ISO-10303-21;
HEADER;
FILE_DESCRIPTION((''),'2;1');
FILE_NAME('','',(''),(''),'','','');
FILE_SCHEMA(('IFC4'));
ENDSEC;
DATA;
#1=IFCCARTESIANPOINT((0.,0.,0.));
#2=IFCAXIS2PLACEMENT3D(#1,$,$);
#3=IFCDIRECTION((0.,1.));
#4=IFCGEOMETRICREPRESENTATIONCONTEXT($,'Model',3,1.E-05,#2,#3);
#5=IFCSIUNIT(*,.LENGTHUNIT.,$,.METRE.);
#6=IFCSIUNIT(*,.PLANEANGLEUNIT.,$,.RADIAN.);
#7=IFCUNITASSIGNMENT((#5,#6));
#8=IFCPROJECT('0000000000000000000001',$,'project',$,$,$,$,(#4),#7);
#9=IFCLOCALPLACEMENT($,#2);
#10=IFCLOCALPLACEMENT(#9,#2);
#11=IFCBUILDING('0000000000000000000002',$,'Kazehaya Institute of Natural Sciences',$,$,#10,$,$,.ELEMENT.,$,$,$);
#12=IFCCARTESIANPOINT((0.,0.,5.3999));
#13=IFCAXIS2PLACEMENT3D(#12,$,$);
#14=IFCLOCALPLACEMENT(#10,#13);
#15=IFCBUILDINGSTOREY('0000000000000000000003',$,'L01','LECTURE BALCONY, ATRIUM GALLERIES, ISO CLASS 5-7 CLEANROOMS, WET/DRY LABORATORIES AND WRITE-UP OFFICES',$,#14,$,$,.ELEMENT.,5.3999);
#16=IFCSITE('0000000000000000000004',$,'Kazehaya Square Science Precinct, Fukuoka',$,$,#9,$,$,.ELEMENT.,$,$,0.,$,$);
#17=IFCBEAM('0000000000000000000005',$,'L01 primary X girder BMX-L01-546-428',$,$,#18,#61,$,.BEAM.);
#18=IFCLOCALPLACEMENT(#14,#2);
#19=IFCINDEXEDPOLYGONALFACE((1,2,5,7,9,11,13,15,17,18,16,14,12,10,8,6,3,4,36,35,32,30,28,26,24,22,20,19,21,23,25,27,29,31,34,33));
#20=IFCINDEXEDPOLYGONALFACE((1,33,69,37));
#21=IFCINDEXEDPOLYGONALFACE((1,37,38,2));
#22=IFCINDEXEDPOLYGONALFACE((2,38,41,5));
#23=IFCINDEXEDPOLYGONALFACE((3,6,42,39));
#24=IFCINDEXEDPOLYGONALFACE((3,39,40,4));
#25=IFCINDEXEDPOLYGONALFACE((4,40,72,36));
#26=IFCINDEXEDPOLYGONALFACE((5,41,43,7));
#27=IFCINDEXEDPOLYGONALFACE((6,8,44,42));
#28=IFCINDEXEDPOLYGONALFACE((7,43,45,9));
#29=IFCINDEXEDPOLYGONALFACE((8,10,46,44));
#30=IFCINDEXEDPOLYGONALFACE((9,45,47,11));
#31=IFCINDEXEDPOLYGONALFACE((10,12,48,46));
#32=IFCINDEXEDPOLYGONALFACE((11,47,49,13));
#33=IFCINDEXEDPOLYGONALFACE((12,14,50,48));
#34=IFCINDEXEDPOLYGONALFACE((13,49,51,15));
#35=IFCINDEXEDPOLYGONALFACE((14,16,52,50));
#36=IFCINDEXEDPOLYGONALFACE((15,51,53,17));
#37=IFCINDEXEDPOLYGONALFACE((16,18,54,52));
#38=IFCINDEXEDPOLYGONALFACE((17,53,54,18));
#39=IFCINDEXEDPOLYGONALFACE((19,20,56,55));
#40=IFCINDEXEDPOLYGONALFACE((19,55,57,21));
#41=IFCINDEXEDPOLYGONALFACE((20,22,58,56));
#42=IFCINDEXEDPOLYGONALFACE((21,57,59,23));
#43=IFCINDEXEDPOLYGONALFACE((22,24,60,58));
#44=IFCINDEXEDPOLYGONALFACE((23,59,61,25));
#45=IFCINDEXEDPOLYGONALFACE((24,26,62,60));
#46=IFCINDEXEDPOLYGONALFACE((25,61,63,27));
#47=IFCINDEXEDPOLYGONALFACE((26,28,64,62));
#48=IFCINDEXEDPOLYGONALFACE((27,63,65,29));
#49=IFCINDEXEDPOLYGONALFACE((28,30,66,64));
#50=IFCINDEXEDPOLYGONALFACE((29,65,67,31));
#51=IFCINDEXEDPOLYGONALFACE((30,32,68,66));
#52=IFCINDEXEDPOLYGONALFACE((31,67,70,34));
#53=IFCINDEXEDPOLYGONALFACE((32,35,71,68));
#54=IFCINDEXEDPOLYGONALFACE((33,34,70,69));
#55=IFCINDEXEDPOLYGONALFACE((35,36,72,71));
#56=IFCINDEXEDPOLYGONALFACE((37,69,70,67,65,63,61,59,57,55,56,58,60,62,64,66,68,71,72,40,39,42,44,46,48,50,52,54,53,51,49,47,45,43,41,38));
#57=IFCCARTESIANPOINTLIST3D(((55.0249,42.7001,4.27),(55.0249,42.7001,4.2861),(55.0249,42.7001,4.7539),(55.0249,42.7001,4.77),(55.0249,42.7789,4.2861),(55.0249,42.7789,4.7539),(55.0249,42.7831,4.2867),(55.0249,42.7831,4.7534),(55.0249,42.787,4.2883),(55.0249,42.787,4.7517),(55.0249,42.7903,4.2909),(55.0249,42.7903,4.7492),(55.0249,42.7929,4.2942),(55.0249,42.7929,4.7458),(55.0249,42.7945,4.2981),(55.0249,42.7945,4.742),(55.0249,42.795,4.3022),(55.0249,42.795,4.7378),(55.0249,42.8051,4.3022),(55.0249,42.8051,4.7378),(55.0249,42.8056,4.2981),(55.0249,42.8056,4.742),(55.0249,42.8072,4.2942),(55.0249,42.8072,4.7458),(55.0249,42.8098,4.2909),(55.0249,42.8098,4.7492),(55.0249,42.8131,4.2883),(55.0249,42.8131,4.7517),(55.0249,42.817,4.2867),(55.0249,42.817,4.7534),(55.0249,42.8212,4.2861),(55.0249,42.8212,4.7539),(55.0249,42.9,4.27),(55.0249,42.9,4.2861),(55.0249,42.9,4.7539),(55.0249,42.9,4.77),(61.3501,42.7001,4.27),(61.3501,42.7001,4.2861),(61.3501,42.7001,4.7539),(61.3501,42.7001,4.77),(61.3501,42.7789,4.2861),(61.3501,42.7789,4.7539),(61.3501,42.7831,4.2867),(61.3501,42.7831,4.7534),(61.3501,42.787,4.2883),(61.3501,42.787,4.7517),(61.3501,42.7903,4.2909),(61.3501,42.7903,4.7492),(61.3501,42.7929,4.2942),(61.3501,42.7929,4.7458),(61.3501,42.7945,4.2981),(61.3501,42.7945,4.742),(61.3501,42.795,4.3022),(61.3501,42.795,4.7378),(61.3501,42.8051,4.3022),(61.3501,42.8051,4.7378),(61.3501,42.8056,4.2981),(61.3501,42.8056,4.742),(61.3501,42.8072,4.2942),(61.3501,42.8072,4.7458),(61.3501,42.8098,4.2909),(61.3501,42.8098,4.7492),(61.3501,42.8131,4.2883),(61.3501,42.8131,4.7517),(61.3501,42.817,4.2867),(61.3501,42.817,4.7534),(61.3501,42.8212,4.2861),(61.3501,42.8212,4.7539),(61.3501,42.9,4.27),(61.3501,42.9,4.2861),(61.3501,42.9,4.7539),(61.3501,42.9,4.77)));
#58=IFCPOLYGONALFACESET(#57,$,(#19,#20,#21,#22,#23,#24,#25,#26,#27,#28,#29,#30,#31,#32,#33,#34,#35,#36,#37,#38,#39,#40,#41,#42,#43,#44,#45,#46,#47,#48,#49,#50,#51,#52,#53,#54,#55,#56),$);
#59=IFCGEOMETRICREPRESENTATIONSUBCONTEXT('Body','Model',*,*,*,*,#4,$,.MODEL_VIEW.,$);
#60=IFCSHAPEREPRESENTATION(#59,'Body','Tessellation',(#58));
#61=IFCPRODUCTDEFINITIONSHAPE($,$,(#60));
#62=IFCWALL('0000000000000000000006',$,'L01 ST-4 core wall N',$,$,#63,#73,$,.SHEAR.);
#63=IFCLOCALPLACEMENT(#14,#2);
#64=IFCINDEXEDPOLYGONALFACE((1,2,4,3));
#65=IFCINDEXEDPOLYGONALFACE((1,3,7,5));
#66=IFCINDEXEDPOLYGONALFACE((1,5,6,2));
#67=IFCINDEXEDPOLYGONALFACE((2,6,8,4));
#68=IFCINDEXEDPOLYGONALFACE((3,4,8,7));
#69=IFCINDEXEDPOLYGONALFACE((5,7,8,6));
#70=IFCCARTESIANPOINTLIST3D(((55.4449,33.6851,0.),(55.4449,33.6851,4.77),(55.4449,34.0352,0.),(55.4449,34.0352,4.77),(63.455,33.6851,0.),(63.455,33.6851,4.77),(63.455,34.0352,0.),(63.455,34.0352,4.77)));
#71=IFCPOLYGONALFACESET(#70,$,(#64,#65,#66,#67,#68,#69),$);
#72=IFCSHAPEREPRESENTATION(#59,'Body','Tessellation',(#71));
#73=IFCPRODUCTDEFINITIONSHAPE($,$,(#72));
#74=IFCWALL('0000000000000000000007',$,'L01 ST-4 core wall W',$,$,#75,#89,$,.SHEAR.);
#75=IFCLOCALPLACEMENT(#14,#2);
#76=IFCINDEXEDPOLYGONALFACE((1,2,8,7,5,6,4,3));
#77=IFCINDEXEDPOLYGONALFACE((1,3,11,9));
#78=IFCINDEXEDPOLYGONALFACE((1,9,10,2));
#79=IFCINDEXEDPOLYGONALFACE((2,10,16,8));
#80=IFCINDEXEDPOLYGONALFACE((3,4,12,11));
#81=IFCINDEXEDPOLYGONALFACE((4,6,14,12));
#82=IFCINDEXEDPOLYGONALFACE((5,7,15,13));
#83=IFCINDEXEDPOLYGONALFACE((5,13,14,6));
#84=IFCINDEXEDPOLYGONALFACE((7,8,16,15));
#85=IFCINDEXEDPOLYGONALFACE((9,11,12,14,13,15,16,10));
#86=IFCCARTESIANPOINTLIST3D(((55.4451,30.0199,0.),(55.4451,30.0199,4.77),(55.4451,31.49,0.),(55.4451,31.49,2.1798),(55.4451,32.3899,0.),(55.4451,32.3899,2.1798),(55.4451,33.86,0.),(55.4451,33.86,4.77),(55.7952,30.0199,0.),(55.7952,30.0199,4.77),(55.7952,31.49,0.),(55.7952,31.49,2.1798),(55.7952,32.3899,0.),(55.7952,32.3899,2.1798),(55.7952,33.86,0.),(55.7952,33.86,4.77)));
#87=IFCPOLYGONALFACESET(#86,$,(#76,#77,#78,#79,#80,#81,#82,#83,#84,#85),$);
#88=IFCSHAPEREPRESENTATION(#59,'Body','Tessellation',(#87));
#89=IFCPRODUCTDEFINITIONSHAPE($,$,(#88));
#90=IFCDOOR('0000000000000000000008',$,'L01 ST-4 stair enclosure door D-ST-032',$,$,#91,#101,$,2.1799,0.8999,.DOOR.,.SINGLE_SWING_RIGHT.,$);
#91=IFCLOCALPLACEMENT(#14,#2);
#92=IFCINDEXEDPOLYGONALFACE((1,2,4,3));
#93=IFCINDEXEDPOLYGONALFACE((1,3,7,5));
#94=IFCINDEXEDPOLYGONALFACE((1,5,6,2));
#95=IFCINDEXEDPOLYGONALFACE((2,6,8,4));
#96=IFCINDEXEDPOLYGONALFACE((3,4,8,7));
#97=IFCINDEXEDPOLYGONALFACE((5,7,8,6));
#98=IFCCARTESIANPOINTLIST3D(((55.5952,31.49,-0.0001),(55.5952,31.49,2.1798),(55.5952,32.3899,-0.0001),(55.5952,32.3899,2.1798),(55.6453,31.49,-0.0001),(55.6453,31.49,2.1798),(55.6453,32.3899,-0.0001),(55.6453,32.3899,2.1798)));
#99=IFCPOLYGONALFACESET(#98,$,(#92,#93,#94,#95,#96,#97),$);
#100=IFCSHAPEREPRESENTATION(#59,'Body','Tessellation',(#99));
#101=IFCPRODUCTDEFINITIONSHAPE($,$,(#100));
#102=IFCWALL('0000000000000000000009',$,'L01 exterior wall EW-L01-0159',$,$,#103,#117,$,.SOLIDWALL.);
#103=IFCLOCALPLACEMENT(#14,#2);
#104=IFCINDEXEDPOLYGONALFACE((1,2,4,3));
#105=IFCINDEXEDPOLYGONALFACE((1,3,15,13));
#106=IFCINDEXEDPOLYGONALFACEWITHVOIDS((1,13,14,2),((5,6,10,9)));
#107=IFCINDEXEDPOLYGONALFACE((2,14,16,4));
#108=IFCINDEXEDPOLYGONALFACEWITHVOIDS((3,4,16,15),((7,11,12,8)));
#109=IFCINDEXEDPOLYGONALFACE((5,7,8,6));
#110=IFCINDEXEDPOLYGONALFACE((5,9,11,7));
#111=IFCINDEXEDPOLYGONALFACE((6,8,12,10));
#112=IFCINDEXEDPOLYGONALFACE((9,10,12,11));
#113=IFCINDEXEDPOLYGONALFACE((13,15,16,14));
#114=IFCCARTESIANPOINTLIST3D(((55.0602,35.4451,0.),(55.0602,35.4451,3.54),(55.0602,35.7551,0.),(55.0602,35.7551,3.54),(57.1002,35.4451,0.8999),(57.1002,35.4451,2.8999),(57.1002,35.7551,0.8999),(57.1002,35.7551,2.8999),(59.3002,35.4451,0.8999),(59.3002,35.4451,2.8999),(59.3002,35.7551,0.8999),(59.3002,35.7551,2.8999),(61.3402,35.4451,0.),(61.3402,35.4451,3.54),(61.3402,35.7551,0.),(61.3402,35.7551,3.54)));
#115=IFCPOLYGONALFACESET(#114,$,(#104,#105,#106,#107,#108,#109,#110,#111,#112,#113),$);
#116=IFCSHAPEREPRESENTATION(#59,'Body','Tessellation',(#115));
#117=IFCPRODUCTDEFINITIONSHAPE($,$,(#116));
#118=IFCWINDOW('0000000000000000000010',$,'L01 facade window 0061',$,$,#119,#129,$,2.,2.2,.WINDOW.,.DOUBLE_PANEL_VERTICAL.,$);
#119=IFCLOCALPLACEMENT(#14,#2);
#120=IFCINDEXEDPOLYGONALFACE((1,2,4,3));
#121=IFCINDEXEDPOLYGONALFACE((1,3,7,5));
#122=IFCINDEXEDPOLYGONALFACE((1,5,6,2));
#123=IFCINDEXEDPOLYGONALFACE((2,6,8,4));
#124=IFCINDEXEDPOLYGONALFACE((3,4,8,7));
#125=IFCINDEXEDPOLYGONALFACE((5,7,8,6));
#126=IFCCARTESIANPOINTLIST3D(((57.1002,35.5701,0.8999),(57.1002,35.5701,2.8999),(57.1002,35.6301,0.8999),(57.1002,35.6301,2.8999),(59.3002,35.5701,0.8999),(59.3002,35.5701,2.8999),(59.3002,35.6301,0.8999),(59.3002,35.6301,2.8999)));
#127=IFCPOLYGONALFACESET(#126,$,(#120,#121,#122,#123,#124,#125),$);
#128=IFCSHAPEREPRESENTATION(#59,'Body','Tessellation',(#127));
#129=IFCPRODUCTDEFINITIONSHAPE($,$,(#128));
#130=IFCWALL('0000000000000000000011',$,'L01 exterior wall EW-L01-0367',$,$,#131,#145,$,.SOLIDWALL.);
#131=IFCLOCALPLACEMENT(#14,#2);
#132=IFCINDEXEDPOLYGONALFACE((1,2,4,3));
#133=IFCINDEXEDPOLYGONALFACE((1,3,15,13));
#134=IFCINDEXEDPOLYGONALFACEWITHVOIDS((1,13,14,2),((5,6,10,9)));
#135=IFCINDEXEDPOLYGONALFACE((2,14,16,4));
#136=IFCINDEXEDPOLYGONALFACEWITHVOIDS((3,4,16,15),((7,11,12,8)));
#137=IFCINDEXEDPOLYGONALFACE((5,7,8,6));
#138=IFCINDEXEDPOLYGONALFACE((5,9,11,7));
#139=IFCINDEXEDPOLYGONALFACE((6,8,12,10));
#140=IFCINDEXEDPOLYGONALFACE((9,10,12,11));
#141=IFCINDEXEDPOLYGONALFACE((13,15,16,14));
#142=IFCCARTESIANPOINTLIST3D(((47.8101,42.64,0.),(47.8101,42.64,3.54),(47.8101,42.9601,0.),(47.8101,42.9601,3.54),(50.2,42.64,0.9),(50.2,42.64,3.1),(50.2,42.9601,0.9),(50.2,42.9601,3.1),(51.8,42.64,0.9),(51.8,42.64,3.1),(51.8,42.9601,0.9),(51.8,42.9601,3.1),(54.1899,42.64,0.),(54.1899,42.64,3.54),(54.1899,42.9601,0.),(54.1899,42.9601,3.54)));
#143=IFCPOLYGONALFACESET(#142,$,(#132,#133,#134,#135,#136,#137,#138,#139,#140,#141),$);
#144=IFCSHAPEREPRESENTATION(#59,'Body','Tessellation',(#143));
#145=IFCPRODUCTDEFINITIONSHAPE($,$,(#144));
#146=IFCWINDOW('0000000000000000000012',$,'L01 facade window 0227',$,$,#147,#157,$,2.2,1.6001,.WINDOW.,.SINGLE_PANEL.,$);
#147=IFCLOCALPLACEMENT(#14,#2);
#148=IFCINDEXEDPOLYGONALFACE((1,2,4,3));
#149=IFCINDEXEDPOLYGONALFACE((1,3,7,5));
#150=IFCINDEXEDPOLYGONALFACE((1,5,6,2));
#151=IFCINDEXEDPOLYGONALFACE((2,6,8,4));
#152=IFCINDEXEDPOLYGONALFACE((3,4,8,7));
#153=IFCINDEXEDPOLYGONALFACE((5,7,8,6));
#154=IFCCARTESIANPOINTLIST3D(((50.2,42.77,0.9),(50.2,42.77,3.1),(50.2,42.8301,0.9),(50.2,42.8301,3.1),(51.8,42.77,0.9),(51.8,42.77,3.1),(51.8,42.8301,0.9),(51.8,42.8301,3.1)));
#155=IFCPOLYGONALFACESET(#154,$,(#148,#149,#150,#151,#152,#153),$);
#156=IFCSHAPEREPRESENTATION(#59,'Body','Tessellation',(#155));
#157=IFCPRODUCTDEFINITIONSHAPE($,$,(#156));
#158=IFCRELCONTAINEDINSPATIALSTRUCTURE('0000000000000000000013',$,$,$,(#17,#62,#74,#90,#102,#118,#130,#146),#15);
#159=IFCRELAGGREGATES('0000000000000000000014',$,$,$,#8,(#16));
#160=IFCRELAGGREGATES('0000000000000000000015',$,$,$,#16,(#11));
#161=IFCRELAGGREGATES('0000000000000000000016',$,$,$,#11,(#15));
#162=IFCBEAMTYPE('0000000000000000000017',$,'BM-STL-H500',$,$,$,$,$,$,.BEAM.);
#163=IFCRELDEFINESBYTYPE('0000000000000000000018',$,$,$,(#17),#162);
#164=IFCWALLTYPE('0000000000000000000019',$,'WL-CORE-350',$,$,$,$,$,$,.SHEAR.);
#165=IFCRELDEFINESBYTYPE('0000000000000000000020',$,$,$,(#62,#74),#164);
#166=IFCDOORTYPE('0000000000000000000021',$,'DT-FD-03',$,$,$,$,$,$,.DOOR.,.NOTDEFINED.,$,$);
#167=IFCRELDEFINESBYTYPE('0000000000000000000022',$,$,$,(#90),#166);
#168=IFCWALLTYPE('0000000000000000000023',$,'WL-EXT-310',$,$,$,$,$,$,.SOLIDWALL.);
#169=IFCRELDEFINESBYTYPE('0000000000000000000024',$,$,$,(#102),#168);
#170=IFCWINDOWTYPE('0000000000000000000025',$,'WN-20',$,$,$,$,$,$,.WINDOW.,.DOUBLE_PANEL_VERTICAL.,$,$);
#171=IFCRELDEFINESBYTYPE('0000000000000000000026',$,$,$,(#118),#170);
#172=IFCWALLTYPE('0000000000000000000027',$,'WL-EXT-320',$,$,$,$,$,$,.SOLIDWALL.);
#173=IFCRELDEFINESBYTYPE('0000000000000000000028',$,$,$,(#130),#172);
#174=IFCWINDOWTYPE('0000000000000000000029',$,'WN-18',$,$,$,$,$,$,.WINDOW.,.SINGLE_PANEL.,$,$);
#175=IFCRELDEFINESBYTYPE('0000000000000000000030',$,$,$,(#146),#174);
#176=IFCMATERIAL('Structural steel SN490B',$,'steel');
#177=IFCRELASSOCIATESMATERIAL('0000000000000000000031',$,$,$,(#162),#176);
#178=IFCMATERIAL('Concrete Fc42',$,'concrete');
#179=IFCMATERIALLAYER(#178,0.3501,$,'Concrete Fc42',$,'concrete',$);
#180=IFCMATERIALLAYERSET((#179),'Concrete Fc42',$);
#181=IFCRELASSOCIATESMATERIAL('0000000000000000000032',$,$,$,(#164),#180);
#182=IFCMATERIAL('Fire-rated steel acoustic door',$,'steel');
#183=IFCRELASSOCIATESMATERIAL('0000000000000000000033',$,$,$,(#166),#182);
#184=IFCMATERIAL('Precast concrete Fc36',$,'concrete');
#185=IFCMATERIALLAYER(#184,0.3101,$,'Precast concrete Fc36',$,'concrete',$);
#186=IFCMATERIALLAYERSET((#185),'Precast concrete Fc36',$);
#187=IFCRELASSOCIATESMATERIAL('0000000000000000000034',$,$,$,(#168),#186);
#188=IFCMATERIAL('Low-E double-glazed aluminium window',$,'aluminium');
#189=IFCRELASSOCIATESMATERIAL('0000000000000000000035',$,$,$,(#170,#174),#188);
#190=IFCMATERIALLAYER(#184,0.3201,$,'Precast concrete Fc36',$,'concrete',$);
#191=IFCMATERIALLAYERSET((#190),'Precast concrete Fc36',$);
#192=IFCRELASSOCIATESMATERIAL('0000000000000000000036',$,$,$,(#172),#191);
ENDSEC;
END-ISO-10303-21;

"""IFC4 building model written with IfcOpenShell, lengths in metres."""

from ifc_helpers import new_model, si_unit, direction, frame, frame_2d, origin, origin_2d, place, context, subcontext, project, spatial, rectangle, i_section, extrude, material, layer, layer_set, material_profile, profile_set, type_object, element, fill, save


model = new_model("IFC4")

# Units and contexts
model_context = context("Model", 3, precision=1e-05, world=origin(), true_north=direction((0.0, 1.0)))
body_context = subcontext(model_context, "Body", "Model", "MODEL_VIEW")
ifc_project = project(units=[si_unit("LENGTHUNIT", "METRE"), si_unit("PLANEANGLEUNIT", "RADIAN")], contexts=[model_context])

# Site, building, storey
site_placement = place(None, origin())
site = spatial("IfcSite", under=ifc_project, at=site_placement, Name="Kazehaya Square Science Precinct, Fukuoka", CompositionType="ELEMENT", RefElevation=0.0)
building_placement = place(site_placement, origin())
building = spatial("IfcBuilding", under=site, at=building_placement, Name="Kazehaya Institute of Natural Sciences", CompositionType="ELEMENT")
storey_placement = place(building_placement, frame((0.0, 0.0, 5.3999)))
storey = spatial("IfcBuildingStorey", under=building, at=storey_placement, Name="L01", Description="LECTURE BALCONY, ATRIUM GALLERIES, ISO CLASS 5-7 CLEANROOMS, WET/DRY LABORATORIES AND WRITE-UP OFFICES", CompositionType="ELEMENT", Elevation=5.3999)

# Shared definitions
ifc_material_1 = material(Name="Concrete Fc42", Category="concrete")

# Beam
ifc_material_2 = material(Name="Structural steel SN490B", Category="steel")
ifc_material_profile_1 = material_profile(ifc_material_2, i_section(OverallWidth=0.2, OverallDepth=0.5, WebThickness=0.01, FlangeThickness=0.0161, FilletRadius=0.0161, at=origin_2d()), Name="H-500x200x10x16")
ifc_profile_set_1 = profile_set([ifc_material_profile_1], Name="Structural steel SN490B")
beam_type_1 = type_object("IfcBeamType", Name="BM-STL-H500", PredefinedType="BEAM", material=ifc_profile_set_1)
beam_1_placement = place(storey_placement, frame((55.0249, 42.8, 4.52), z_axis=(1.0, 0.0, 0.0), x_axis=(0.0, 1.0, 0.0)))
element("IfcBeam", 1, at=beam_1_placement, inside=storey, type_object=beam_type_1, Name="L01 primary X girder BMX-L01-546-428", PredefinedType="BEAM", context=body_context, shape_type="SweptSolid", body=[
    extrude(i_section(OverallWidth=0.2, OverallDepth=0.5, WebThickness=0.01, FlangeThickness=0.0161, FilletRadius=0.0161, at=origin_2d()), origin(), (0.0, 0.0, 1.0), 6.3252),
])

# Wall
ifc_layer_1 = layer(ifc_material_1, 0.3501, Name="Concrete Fc42", Category="concrete")
ifc_layer_set_1 = layer_set([ifc_layer_1], Name="Concrete Fc42")
wall_type_1 = type_object("IfcWallType", Name="WL-CORE-350", PredefinedType="SHEAR", material=ifc_layer_set_1)
wall_1_placement = place(storey_placement, frame((55.4451, 33.8601, 0.0), z_axis=(0.0, 0.0, 1.0), x_axis=(1.0, 0.0, 0.0)))
element("IfcWall", 2, at=wall_1_placement, inside=storey, type_object=wall_type_1, Name="L01 ST-4 core wall N", PredefinedType="SHEAR", context=body_context, shape_type="SweptSolid", body=[
    extrude(rectangle(XDim=8.01, YDim=0.3501, at=frame_2d((4.0049, 0.0))), origin(), (0.0, 0.0, 1.0), 4.77),
])

# Wall, opening, door
wall_2_placement = place(storey_placement, frame((55.6201, 30.02, 0.0), z_axis=(0.0, 0.0, 1.0), x_axis=(0.0, 1.0, 0.0)))
wall_2 = element("IfcWall", 3, at=wall_2_placement, inside=storey, type_object=wall_type_1, Name="L01 ST-4 core wall W", PredefinedType="SHEAR", context=body_context, shape_type="SweptSolid", body=[
    extrude(rectangle(XDim=3.8401, YDim=0.3501, at=frame_2d((1.9199, 0.0))), origin(), (0.0, 0.0, 1.0), 4.77),
])
opening_1_placement = place(wall_2_placement, frame((1.47, 0.0, 0.0)))
opening_1 = element("IfcOpeningElement", 4, at=opening_1_placement, cuts=wall_2, PredefinedType="OPENING", context=body_context, shape_type="SweptSolid", body=[
    extrude(rectangle(XDim=0.8999, YDim=2.1799, at=frame_2d((0.45, 1.0898))), frame((0.0, 0.1851, 0.0), z_axis=(0.0, -1.0, 0.0), x_axis=(1.0, 0.0, 0.0)), (0.0, 0.0, 1.0), 0.3701),
])
ifc_material_3 = material(Name="Fire-rated steel acoustic door", Category="steel")
door_type = type_object("IfcDoorType", Name="DT-FD-03", OperationType="NOTDEFINED", PredefinedType="DOOR", material=ifc_material_3)
door_placement = place(opening_1_placement, origin())
door = element("IfcDoor", 5, at=door_placement, inside=storey, type_object=door_type, Name="L01 ST-4 stair enclosure door D-ST-032", OperationType="SINGLE_SWING_RIGHT", OverallHeight=2.1799, OverallWidth=0.8999, PredefinedType="DOOR", context=body_context, shape_type="SweptSolid", body=[
    extrude(rectangle(XDim=0.8999, YDim=2.1799, at=frame_2d((0.45, 1.0898))), frame((0.0, 0.0249, 0.0), z_axis=(0.0, -1.0, 0.0), x_axis=(1.0, 0.0, 0.0)), (0.0, 0.0, 1.0), 0.05),
])
fill(opening_1, door)

# Walls, openings, windows
ifc_material_4 = material(Name="Precast concrete Fc36", Category="concrete")
ifc_layer_2 = layer(ifc_material_4, 0.3101, Name="Precast concrete Fc36", Category="concrete")
ifc_layer_set_2 = layer_set([ifc_layer_2], Name="Precast concrete Fc36")
wall_type_2 = type_object("IfcWallType", Name="WL-EXT-310", PredefinedType="SOLIDWALL", material=ifc_layer_set_2)
wall_3_placement = place(storey_placement, frame((55.0601, 35.6001, 0.0), z_axis=(0.0, 0.0, 1.0), x_axis=(1.0, 0.0, 0.0)))
wall_3 = element("IfcWall", 6, at=wall_3_placement, inside=storey, type_object=wall_type_2, Name="L01 exterior wall EW-L01-0159", PredefinedType="SOLIDWALL", context=body_context, shape_type="SweptSolid", body=[
    extrude(rectangle(XDim=6.28, YDim=0.3101, at=frame_2d((3.1401, 0.0))), origin(), (0.0, 0.0, 1.0), 3.54),
])
opening_2_placement = place(wall_3_placement, frame((2.04, 0.0, 0.8999)))
opening_2 = element("IfcOpeningElement", 7, at=opening_2_placement, cuts=wall_3, PredefinedType="OPENING", context=body_context, shape_type="SweptSolid", body=[
    extrude(rectangle(XDim=2.2, YDim=2.0, at=frame_2d((1.1001, 1.0))), frame((0.0, 0.165, 0.0), z_axis=(0.0, -1.0, 0.0), x_axis=(1.0, 0.0, 0.0)), (0.0, 0.0, 1.0), 0.3301),
])
ifc_material_5 = material(Name="Low-E double-glazed aluminium window", Category="aluminium")
window_type_1 = type_object("IfcWindowType", Name="WN-20", PartitioningType="DOUBLE_PANEL_VERTICAL", PredefinedType="WINDOW", material=ifc_material_5)
window_1_placement = place(opening_2_placement, origin())
window_1 = element("IfcWindow", 8, at=window_1_placement, inside=storey, type_object=window_type_1, Name="L01 facade window 0061", OverallHeight=2.0, OverallWidth=2.2, PartitioningType="DOUBLE_PANEL_VERTICAL", PredefinedType="WINDOW", context=body_context, shape_type="SweptSolid", body=[
    extrude(rectangle(XDim=2.2, YDim=2.0, at=frame_2d((1.1001, 1.0))), frame((0.0, 0.03, 0.0), z_axis=(0.0, -1.0, 0.0), x_axis=(1.0, 0.0, 0.0)), (0.0, 0.0, 1.0), 0.0601),
])
fill(opening_2, window_1)
ifc_layer_3 = layer(ifc_material_4, 0.3201, Name="Precast concrete Fc36", Category="concrete")
ifc_layer_set_3 = layer_set([ifc_layer_3], Name="Precast concrete Fc36")
wall_type_3 = type_object("IfcWallType", Name="WL-EXT-320", PredefinedType="SOLIDWALL", material=ifc_layer_set_3)
wall_4_placement = place(storey_placement, frame((47.8101, 42.8, 0.0), z_axis=(0.0, 0.0, 1.0), x_axis=(1.0, 0.0, 0.0)))
wall_4 = element("IfcWall", 9, at=wall_4_placement, inside=storey, type_object=wall_type_3, Name="L01 exterior wall EW-L01-0367", PredefinedType="SOLIDWALL", context=body_context, shape_type="SweptSolid", body=[
    extrude(rectangle(XDim=6.3799, YDim=0.3201, at=frame_2d((3.1899, 0.0))), origin(), (0.0, 0.0, 1.0), 3.54),
])
opening_3_placement = place(wall_4_placement, frame((2.3899, 0.0, 0.8999)))
opening_3 = element("IfcOpeningElement", 10, at=opening_3_placement, cuts=wall_4, PredefinedType="OPENING", context=body_context, shape_type="SweptSolid", body=[
    extrude(rectangle(XDim=1.6001, YDim=2.2, at=frame_2d((0.8, 1.1001))), frame((0.0, 0.1699, 0.0), z_axis=(0.0, -1.0, 0.0), x_axis=(1.0, 0.0, 0.0)), (0.0, 0.0, 1.0), 0.3401),
])
window_type_2 = type_object("IfcWindowType", Name="WN-18", PartitioningType="SINGLE_PANEL", PredefinedType="WINDOW", material=ifc_material_5)
window_2_placement = place(opening_3_placement, origin())
window_2 = element("IfcWindow", 11, at=window_2_placement, inside=storey, type_object=window_type_2, Name="L01 facade window 0227", OverallHeight=2.2, OverallWidth=1.6001, PartitioningType="SINGLE_PANEL", PredefinedType="WINDOW", context=body_context, shape_type="SweptSolid", body=[
    extrude(rectangle(XDim=1.6001, YDim=2.2, at=frame_2d((0.8, 1.1001))), frame((0.0, 0.03, 0.0), z_axis=(0.0, -1.0, 0.0), x_axis=(1.0, 0.0, 0.0)), (0.0, 0.0, 1.0), 0.0601),
])
fill(opening_3, window_2)

save(model, "model.ifc")
